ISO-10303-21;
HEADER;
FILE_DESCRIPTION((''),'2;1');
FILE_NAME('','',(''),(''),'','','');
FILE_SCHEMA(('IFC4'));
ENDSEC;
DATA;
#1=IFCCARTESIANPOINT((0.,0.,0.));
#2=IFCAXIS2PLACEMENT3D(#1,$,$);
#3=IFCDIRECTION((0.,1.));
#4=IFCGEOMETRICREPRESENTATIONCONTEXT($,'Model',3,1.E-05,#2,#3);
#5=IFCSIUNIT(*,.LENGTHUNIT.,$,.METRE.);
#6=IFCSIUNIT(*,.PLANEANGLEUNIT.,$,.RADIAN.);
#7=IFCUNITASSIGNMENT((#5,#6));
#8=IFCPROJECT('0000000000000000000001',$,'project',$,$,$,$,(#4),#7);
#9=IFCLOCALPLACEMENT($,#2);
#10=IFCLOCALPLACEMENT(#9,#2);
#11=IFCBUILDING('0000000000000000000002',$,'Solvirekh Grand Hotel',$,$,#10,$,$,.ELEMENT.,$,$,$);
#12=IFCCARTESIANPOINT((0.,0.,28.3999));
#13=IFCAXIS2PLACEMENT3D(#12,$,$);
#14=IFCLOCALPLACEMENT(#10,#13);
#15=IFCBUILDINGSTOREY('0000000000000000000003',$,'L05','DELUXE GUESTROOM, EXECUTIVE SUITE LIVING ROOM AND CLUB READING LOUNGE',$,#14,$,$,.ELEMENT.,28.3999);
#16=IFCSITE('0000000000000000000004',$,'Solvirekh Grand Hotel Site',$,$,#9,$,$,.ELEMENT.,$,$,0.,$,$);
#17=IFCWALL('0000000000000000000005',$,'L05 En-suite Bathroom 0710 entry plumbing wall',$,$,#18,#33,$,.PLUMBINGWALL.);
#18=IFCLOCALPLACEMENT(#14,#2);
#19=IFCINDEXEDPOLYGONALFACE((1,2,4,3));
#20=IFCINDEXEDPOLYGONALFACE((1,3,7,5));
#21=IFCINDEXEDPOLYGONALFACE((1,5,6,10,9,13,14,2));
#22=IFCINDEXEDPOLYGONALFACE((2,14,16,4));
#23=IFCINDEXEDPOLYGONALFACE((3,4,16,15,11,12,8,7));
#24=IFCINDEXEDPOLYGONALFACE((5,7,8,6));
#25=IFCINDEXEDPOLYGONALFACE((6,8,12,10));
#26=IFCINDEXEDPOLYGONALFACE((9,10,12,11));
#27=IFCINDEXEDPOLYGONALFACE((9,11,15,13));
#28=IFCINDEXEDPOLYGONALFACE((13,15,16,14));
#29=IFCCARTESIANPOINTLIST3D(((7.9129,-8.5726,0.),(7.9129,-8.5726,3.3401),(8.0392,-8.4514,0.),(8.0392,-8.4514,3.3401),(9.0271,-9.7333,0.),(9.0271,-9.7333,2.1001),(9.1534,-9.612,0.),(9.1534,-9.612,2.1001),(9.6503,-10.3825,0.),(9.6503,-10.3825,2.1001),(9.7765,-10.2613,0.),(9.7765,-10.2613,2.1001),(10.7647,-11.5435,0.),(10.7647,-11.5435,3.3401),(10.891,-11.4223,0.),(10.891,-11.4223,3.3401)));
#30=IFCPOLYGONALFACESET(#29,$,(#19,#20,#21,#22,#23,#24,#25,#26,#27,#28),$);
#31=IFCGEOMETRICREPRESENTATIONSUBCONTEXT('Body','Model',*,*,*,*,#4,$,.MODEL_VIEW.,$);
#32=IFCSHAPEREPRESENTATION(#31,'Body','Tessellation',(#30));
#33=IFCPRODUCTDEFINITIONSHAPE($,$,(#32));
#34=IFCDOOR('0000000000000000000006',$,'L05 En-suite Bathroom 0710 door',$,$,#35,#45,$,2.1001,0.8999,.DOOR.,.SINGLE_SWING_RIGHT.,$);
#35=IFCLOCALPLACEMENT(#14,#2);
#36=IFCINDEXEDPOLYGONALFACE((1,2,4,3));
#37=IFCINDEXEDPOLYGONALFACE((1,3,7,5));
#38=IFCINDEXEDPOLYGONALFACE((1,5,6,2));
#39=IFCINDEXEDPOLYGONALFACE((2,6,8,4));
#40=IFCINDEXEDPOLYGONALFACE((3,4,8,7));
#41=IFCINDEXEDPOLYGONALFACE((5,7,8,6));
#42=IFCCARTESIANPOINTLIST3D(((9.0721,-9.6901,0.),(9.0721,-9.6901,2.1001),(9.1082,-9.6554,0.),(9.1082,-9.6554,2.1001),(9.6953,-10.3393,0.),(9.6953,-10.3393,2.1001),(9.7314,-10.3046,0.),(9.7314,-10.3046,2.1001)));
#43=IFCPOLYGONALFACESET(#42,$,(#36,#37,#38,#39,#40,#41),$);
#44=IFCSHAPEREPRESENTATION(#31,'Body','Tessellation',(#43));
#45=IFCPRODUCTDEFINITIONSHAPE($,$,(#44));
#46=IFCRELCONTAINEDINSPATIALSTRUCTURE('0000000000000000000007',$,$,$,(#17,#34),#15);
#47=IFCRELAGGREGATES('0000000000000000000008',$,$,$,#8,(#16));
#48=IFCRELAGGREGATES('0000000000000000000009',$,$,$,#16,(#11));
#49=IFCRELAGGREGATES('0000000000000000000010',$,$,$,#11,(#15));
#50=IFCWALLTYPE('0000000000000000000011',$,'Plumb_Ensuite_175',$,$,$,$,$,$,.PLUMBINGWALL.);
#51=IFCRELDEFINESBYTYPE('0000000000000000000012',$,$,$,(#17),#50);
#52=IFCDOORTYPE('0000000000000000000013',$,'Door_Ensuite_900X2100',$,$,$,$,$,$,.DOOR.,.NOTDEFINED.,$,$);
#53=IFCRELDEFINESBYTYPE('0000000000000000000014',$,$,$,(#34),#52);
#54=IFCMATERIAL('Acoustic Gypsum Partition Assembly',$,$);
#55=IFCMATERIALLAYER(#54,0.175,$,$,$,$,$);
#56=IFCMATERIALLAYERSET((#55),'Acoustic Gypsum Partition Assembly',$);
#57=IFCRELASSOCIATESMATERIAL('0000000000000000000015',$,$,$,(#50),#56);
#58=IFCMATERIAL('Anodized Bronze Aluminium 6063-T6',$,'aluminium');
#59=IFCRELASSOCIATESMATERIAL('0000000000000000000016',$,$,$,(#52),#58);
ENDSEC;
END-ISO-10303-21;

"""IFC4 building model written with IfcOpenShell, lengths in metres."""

from ifc_helpers import new_model, si_unit, direction, frame, frame_2d, origin, place, context, subcontext, project, spatial, rectangle, extrude, material, layer, layer_set, type_object, element, fill, save


model = new_model("IFC4")

# Units and contexts
model_context = context("Model", 3, precision=1e-05, world=origin(), true_north=direction((0.0, 1.0)))
body_context = subcontext(model_context, "Body", "Model", "MODEL_VIEW")
ifc_project = project(units=[si_unit("LENGTHUNIT", "METRE"), si_unit("PLANEANGLEUNIT", "RADIAN")], contexts=[model_context])

# Site, building, storey
site_placement = place(None, origin())
site = spatial("IfcSite", under=ifc_project, at=site_placement, Name="Solvirekh Grand Hotel Site", CompositionType="ELEMENT", RefElevation=0.0)
building_placement = place(site_placement, origin())
building = spatial("IfcBuilding", under=site, at=building_placement, Name="Solvirekh Grand Hotel", CompositionType="ELEMENT")
storey_placement = place(building_placement, frame((0.0, 0.0, 28.3999)))
storey = spatial("IfcBuildingStorey", under=building, at=storey_placement, Name="L05", Description="DELUXE GUESTROOM, EXECUTIVE SUITE LIVING ROOM AND CLUB READING LOUNGE", CompositionType="ELEMENT", Elevation=28.3999)

# Shared definitions
ifc_material_1 = material(Name="Anodized Bronze Aluminium 6063-T6", Category="aluminium")

# Shared definitions
ifc_material_2 = material(Name="Acoustic Gypsum Partition Assembly")

# Shared definitions
ifc_layer_1 = layer(ifc_material_2, 0.175)
ifc_layer_set_1 = layer_set([ifc_layer_1], Name="Acoustic Gypsum Partition Assembly")
wall_type_1 = type_object("IfcWallType", Name="Plumb_Ensuite_175", PredefinedType="PLUMBINGWALL", material=ifc_layer_set_1)

# Wall, opening, door
wall_1_placement = place(storey_placement, frame((7.9761, -8.512, 0.0), z_axis=(0.0, 0.0, 1.0), x_axis=(0.692494, -0.721424, 0.0)))
wall_1 = element("IfcWall", 1, at=wall_1_placement, inside=storey, type_object=wall_type_1, Name="L05 En-suite Bathroom 0710 entry plumbing wall", PredefinedType="PLUMBINGWALL", context=body_context, shape_type="SweptSolid", body=[
    extrude(rectangle(XDim=4.1182, YDim=0.175, at=frame_2d((2.0591, 0.0))), origin(), (0.0, 0.0, 1.0), 3.3401),
])
opening_1_placement = place(wall_1_placement, frame((1.6089, 0.0, 0.0)))
opening_1 = element("IfcOpeningElement", 2, at=opening_1_placement, cuts=wall_1, PredefinedType="OPENING", context=body_context, shape_type="SweptSolid", body=[
    extrude(rectangle(XDim=0.8999, YDim=2.1001, at=frame_2d((0.45, 1.05))), frame((0.0, 0.0977, 0.0), z_axis=(0.0, -1.0, 0.0), x_axis=(1.0, 0.0, 0.0)), (0.0, 0.0, 1.0), 0.1951),
])
door_type_1 = type_object("IfcDoorType", Name="Door_Ensuite_900X2100", OperationType="NOTDEFINED", PredefinedType="DOOR", material=ifc_material_1)
door_1_placement = place(opening_1_placement, origin())
door_1 = element("IfcDoor", 3, at=door_1_placement, inside=storey, type_object=door_type_1, Name="L05 En-suite Bathroom 0710 door", OperationType="SINGLE_SWING_RIGHT", OverallHeight=2.1001, OverallWidth=0.8999, PredefinedType="DOOR", context=body_context, shape_type="SweptSolid", body=[
    extrude(rectangle(XDim=0.8999, YDim=2.1001, at=frame_2d((0.45, 1.05))), frame((0.0, 0.0249, 0.0), z_axis=(0.0, -1.0, 0.0), x_axis=(1.0, 0.0, 0.0)), (0.0, 0.0, 1.0), 0.05),
])
fill(opening_1, door_1)

save(model, "model.ifc")
